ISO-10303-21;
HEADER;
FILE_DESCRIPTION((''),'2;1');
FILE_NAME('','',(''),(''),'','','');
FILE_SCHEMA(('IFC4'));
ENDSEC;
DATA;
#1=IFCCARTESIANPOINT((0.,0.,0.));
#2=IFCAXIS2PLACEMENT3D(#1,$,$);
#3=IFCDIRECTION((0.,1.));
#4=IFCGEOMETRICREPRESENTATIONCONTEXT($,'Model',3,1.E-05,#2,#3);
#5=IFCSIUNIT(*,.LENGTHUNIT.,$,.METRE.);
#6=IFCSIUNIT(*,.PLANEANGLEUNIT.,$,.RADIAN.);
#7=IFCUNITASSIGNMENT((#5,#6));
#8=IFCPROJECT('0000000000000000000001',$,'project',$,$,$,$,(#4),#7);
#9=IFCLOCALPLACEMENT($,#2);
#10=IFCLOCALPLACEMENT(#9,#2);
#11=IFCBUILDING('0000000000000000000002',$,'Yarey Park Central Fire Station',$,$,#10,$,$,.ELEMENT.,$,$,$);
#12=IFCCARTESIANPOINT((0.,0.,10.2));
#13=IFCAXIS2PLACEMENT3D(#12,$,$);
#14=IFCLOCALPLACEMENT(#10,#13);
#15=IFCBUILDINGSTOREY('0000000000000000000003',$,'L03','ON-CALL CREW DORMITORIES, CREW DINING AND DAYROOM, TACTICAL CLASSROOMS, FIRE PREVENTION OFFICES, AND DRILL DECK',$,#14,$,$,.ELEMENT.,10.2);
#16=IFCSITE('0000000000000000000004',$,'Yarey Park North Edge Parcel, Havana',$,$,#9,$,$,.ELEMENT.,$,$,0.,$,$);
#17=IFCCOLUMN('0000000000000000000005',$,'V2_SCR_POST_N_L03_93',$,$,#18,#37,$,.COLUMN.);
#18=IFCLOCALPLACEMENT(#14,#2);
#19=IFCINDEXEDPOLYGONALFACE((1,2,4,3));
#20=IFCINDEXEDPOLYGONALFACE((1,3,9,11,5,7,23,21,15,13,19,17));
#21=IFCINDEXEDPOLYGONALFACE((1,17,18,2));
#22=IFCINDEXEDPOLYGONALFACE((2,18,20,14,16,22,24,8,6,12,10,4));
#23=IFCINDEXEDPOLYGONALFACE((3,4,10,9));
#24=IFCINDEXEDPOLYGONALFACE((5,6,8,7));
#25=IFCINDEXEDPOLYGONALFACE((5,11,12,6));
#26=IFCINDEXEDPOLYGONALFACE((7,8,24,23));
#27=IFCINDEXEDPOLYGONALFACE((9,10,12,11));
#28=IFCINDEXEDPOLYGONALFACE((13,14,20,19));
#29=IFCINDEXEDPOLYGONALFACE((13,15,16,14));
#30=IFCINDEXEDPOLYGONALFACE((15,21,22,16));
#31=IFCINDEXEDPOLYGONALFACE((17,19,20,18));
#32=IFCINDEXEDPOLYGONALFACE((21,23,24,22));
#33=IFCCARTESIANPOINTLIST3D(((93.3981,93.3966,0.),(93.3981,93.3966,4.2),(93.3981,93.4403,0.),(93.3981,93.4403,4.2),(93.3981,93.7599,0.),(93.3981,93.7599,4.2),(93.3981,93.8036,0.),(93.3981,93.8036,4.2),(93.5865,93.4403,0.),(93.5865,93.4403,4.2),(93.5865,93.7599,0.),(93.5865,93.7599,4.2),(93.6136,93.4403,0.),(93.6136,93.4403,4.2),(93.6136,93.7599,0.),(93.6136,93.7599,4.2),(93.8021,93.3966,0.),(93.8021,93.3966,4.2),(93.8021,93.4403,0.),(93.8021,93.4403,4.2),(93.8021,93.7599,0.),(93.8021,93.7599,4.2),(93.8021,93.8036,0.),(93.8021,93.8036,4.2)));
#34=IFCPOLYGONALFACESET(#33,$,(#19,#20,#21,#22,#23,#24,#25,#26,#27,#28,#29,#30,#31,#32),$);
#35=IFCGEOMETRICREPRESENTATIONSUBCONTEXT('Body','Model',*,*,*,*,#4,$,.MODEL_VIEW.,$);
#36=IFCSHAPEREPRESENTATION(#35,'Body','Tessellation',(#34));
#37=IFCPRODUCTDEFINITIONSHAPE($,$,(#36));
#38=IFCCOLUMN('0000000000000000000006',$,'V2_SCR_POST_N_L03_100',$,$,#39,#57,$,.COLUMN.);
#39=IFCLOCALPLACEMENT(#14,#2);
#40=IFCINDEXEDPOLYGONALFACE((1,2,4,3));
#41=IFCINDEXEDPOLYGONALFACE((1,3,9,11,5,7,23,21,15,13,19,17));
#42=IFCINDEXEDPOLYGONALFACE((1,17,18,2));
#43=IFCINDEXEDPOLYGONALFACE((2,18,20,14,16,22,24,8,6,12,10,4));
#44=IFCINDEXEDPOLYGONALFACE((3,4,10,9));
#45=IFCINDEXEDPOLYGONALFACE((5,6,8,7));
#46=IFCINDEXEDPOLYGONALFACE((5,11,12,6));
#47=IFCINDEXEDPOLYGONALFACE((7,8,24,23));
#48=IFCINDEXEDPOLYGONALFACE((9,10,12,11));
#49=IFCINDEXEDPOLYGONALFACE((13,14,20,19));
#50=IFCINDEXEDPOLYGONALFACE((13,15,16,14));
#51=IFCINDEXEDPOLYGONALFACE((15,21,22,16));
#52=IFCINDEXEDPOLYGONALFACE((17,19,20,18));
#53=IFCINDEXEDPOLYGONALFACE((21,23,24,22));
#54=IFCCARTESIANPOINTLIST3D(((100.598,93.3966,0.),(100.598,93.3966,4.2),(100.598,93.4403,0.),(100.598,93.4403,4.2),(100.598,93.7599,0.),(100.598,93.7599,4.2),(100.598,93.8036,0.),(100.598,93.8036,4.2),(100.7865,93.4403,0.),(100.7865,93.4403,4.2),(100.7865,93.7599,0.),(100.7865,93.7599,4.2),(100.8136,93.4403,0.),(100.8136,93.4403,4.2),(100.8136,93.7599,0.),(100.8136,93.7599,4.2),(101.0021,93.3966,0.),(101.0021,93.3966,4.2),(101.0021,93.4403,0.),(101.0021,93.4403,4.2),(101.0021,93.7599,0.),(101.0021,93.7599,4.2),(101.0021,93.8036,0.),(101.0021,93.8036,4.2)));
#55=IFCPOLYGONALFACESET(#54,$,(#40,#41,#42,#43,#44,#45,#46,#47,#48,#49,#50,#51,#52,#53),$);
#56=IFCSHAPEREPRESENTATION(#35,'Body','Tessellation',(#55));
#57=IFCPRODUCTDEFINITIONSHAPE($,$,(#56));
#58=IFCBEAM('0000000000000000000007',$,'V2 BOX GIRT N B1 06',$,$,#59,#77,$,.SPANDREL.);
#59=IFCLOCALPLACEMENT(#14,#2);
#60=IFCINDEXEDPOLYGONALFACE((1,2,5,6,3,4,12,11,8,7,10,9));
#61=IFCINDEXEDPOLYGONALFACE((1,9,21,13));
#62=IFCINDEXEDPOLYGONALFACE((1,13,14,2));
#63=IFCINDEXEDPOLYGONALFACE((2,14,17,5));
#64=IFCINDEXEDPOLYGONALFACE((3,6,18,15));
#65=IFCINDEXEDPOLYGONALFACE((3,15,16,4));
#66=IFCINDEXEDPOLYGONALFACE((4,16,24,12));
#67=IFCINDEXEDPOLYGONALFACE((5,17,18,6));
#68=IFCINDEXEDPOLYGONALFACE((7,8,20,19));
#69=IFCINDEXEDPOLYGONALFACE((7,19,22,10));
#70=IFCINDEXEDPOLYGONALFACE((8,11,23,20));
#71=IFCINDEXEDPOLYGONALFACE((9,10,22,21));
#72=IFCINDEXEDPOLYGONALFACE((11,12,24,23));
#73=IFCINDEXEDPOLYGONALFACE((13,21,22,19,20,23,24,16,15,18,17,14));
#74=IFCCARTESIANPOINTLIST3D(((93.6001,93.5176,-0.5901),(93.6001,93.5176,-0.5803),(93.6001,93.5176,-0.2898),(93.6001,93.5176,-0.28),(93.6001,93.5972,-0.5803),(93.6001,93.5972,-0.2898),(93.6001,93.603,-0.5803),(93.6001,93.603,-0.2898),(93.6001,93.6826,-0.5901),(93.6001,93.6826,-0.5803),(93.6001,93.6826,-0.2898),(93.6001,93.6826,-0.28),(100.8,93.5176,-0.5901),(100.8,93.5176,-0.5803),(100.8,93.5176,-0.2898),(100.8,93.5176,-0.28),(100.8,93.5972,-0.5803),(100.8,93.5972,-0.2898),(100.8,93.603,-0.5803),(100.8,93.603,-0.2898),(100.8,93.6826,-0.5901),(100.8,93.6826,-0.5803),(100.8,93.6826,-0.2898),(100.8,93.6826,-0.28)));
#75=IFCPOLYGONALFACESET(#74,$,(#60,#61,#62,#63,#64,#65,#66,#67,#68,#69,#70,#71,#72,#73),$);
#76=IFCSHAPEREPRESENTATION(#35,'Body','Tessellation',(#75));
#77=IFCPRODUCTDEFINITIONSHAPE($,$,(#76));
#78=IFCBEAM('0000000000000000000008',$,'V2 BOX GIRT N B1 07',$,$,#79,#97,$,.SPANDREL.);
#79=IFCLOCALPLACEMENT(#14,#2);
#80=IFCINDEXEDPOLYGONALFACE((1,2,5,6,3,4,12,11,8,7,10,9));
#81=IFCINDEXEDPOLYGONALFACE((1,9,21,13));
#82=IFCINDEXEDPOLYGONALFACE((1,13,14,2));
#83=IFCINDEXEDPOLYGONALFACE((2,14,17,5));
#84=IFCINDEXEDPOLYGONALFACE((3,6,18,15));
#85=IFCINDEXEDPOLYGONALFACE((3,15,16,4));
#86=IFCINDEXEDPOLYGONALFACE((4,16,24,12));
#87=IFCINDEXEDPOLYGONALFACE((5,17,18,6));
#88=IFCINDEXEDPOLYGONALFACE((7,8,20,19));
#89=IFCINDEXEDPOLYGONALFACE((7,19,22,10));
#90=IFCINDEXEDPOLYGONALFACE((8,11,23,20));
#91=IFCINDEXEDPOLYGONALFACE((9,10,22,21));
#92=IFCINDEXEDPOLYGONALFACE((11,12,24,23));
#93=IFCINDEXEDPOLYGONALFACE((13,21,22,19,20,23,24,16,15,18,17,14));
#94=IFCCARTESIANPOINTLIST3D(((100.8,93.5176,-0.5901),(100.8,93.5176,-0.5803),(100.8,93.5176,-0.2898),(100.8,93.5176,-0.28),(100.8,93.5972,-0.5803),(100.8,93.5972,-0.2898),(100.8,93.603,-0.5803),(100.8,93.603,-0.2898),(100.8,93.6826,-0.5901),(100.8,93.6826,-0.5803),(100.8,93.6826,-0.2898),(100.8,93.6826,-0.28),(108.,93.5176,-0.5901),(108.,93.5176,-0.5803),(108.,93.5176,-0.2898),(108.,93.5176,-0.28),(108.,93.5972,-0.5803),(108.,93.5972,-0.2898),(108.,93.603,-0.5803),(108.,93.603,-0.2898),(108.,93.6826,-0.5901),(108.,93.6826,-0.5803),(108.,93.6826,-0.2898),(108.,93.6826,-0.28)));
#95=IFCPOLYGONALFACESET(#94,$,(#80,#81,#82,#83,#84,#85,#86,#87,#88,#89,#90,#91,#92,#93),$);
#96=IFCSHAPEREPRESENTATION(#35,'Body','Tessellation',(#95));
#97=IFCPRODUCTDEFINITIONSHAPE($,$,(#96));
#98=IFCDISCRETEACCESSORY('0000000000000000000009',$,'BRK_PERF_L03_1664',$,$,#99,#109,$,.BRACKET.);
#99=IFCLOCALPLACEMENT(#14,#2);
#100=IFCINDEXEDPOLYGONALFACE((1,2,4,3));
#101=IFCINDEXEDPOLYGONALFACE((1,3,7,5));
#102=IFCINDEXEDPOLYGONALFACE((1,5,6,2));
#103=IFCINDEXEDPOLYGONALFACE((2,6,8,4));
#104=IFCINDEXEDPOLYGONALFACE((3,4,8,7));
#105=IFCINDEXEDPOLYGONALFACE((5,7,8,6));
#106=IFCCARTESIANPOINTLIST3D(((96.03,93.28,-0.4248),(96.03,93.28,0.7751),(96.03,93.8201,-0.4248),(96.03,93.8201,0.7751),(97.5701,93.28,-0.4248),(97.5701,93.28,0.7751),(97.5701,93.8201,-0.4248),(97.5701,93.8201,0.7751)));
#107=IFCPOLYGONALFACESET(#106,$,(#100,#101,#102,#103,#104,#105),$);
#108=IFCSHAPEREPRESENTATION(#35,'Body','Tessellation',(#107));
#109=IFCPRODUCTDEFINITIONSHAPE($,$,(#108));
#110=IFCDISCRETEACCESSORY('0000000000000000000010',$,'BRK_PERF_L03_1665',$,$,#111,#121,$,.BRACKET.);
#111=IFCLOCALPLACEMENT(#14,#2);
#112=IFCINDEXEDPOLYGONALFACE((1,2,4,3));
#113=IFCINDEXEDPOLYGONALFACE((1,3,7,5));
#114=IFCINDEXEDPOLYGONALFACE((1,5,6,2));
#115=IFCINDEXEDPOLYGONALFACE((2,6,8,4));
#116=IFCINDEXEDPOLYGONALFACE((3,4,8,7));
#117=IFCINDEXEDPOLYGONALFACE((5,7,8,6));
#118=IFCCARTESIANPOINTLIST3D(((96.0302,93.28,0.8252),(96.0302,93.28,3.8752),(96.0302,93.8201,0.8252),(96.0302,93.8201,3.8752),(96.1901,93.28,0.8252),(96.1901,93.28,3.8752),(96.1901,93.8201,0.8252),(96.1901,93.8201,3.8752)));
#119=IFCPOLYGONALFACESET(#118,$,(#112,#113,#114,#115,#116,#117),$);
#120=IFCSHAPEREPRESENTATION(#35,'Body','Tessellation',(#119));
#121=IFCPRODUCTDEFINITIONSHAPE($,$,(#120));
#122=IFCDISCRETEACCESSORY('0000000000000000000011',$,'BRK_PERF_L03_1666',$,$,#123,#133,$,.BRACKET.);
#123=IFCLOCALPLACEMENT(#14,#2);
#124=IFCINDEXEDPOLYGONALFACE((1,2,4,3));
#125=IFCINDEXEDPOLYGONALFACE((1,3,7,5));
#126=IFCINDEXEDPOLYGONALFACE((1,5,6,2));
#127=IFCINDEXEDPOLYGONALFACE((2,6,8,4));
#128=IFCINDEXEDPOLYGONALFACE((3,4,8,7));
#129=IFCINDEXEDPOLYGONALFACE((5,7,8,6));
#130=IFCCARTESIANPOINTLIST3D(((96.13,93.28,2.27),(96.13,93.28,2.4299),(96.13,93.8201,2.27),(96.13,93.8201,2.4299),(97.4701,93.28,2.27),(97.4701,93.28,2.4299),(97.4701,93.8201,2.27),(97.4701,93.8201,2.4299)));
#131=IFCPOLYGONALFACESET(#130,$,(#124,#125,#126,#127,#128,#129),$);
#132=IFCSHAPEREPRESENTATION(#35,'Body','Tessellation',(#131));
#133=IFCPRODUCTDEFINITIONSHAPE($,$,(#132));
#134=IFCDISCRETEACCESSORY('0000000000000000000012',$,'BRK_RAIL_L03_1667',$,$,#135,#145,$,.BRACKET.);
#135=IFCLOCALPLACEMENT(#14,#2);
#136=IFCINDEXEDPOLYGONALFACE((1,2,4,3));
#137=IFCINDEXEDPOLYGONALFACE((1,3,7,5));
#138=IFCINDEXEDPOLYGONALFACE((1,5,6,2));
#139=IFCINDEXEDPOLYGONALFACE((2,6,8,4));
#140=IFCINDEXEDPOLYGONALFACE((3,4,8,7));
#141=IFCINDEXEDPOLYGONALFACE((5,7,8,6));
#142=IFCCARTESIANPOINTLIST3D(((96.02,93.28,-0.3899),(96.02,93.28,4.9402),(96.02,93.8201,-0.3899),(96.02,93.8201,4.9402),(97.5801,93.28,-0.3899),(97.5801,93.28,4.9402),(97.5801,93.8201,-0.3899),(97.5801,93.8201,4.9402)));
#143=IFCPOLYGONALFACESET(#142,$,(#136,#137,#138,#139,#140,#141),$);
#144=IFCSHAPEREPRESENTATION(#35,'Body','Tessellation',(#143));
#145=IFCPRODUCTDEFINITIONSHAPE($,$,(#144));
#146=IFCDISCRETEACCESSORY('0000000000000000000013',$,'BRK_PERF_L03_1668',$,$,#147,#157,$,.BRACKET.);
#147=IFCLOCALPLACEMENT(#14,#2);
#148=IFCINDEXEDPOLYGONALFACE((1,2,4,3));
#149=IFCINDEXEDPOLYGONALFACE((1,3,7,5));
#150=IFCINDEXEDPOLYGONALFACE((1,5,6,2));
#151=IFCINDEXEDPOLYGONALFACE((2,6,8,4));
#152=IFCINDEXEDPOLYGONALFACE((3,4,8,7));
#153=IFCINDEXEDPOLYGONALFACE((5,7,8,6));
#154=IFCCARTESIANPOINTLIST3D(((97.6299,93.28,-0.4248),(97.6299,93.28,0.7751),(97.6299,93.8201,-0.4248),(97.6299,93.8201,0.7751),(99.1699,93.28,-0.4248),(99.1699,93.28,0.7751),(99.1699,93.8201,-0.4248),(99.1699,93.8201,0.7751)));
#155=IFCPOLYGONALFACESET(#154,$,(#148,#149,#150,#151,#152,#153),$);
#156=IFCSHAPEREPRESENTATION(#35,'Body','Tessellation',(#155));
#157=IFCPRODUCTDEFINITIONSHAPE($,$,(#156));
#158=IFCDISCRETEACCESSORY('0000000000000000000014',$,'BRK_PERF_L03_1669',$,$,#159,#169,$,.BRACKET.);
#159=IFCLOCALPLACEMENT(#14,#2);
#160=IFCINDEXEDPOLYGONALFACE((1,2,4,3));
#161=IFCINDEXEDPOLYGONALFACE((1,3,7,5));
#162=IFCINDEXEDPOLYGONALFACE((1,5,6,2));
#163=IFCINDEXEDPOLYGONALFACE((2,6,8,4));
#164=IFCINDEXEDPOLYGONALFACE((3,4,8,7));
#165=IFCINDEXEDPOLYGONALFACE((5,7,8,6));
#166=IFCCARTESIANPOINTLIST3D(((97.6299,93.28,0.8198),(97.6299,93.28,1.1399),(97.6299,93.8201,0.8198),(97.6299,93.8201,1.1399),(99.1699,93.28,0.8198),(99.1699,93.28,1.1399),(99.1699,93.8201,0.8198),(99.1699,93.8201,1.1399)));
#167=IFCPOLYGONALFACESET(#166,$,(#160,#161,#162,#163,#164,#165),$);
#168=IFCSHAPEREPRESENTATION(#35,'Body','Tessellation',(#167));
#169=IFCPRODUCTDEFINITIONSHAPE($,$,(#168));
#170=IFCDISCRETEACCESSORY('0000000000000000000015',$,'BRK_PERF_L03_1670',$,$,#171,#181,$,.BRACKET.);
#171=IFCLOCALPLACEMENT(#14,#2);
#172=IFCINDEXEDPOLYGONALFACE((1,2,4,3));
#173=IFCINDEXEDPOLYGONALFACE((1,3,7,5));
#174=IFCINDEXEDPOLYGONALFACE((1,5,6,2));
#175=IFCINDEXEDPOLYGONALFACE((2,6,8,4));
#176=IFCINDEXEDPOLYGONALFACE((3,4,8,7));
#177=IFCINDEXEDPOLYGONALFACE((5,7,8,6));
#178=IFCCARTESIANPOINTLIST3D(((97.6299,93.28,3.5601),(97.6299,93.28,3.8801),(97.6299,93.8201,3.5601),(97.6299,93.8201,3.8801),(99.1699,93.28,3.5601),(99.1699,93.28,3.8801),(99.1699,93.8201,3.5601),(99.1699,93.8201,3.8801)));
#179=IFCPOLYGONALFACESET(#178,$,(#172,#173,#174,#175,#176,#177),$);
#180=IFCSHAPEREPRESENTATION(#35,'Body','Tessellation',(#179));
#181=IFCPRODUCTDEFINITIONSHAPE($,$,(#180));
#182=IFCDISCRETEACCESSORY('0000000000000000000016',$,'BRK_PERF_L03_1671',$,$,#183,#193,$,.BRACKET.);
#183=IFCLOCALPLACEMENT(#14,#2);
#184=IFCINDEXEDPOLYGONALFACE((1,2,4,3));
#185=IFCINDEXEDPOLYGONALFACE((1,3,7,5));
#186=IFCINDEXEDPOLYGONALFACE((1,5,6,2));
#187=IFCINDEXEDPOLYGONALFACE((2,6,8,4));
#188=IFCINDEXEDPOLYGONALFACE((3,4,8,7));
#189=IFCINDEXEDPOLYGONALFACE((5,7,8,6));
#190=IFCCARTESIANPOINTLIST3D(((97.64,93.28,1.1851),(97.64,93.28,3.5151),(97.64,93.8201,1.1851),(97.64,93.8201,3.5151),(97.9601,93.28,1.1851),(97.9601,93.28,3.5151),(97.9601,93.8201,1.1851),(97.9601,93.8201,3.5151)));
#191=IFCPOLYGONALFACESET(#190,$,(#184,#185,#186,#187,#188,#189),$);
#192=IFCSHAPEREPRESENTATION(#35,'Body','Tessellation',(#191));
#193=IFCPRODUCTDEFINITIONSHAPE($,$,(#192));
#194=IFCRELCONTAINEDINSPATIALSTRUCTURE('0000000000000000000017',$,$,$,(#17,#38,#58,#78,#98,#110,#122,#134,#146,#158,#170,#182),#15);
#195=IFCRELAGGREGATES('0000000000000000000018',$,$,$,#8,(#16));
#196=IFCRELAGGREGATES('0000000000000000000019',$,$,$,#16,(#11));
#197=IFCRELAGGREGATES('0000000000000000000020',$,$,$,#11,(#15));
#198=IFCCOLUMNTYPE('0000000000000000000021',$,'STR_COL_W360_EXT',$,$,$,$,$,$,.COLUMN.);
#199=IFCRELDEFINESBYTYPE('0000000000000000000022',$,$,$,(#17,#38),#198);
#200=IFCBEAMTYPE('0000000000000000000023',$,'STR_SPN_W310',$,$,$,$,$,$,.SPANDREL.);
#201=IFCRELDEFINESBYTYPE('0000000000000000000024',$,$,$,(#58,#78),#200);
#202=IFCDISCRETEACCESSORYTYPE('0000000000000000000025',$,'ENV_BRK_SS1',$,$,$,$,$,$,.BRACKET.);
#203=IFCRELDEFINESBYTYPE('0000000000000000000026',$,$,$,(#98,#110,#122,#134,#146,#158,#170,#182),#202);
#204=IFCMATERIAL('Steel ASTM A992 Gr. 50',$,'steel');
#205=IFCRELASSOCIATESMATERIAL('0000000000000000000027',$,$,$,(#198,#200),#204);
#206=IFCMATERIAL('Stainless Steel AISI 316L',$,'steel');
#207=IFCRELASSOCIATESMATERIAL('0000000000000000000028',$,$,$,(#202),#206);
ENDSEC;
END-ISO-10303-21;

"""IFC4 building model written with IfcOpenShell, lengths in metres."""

from ifc_helpers import new_model, si_unit, direction, frame, origin, origin_2d, place, context, subcontext, project, spatial, rectangle, i_section, extrude, material, material_profile, profile_set, type_object, element, save


model = new_model("IFC4")

# Units and contexts
model_context = context("Model", 3, precision=1e-05, world=origin(), true_north=direction((0.0, 1.0)))
body_context = subcontext(model_context, "Body", "Model", "MODEL_VIEW")
ifc_project = project(units=[si_unit("LENGTHUNIT", "METRE"), si_unit("PLANEANGLEUNIT", "RADIAN")], contexts=[model_context])

# Site, building, storey
site_placement = place(None, origin())
site = spatial("IfcSite", under=ifc_project, at=site_placement, Name="Yarey Park North Edge Parcel, Havana", CompositionType="ELEMENT", RefElevation=0.0)
building_placement = place(site_placement, origin())
building = spatial("IfcBuilding", under=site, at=building_placement, Name="Yarey Park Central Fire Station", CompositionType="ELEMENT")
storey_placement = place(building_placement, frame((0.0, 0.0, 10.2)))
storey = spatial("IfcBuildingStorey", under=building, at=storey_placement, Name="L03", Description="ON-CALL CREW DORMITORIES, CREW DINING AND DAYROOM, TACTICAL CLASSROOMS, FIRE PREVENTION OFFICES, AND DRILL DECK", CompositionType="ELEMENT", Elevation=10.2)

# Columns
ifc_material_1 = material(Name="Steel ASTM A992 Gr. 50", Category="steel")
ifc_material_profile_1 = material_profile(ifc_material_1, i_section(OverallWidth=0.4041, OverallDepth=0.407, WebThickness=0.0271, FlangeThickness=0.0437, at=origin_2d()), Name="W360x347")
ifc_profile_set_1 = profile_set([ifc_material_profile_1], Name="Steel ASTM A992 Gr. 50")
column_type = type_object("IfcColumnType", Name="STR_COL_W360_EXT", PredefinedType="COLUMN", material=ifc_profile_set_1)
for number, where, z_axis, x_axis, name in (
    (1, (93.6001, 93.6001, 0.0), (0.0, 0.0, 1.0), (1.0, 0.0, 0.0), "V2_SCR_POST_N_L03_93"),
    (2, (100.8, 93.6001, 0.0), (0.0, 0.0, 1.0), (1.0, 0.0, 0.0), "V2_SCR_POST_N_L03_100"),
):
    element("IfcColumn", number, at=place(storey_placement, frame(where, z_axis=z_axis, x_axis=x_axis)), inside=storey, type_object=column_type, Name=name, PredefinedType="COLUMN", context=body_context, shape_type="SweptSolid", body=[
        extrude(i_section(OverallWidth=0.4041, OverallDepth=0.407, WebThickness=0.0271, FlangeThickness=0.0437, at=origin_2d()), origin(), (0.0, 0.0, 1.0), 4.2),
    ])

# Beams
ifc_material_profile_2 = material_profile(ifc_material_1, i_section(OverallWidth=0.165, OverallDepth=0.3101, WebThickness=0.0059, FlangeThickness=0.0098, at=origin_2d()), Name="W310x39")
ifc_profile_set_2 = profile_set([ifc_material_profile_2], Name="Steel ASTM A992 Gr. 50")
beam_type = type_object("IfcBeamType", Name="STR_SPN_W310", PredefinedType="SPANDREL", material=ifc_profile_set_2)
for number, where, z_axis, x_axis, name in (
    (3, (93.6001, 93.6001, -0.4351), (1.0, 0.0, 0.0), (0.0, 1.0, 0.0), "V2 BOX GIRT N B1 06"),
    (4, (100.8, 93.6001, -0.4351), (1.0, 0.0, 0.0), (0.0, 1.0, 0.0), "V2 BOX GIRT N B1 07"),
):
    element("IfcBeam", number, at=place(storey_placement, frame(where, z_axis=z_axis, x_axis=x_axis)), inside=storey, type_object=beam_type, Name=name, PredefinedType="SPANDREL", context=body_context, shape_type="SweptSolid", body=[
        extrude(i_section(OverallWidth=0.165, OverallDepth=0.3101, WebThickness=0.0059, FlangeThickness=0.0098, at=origin_2d()), origin(), (0.0, 0.0, 1.0), 7.2),
    ])

# Discrete accessories
ifc_material_2 = material(Name="Stainless Steel AISI 316L", Category="steel")
discrete_accessory_type = type_object("IfcDiscreteAccessoryType", Name="ENV_BRK_SS1", PredefinedType="BRACKET", material=ifc_material_2)
discrete_accessory_1_placement = place(storey_placement, frame((96.8, 93.55, -0.4248), z_axis=(0.0, 0.0, 1.0), x_axis=(1.0, 0.0, 0.0)))
element("IfcDiscreteAccessory", 5, at=discrete_accessory_1_placement, inside=storey, type_object=discrete_accessory_type, Name="BRK_PERF_L03_1664", PredefinedType="BRACKET", context=body_context, shape_type="SweptSolid", body=[
    extrude(rectangle(XDim=1.54, YDim=0.54, at=origin_2d()), origin(), (0.0, 0.0, 1.0), 1.2),
])
discrete_accessory_2_placement = place(storey_placement, frame((96.1101, 93.55, 0.8252), z_axis=(0.0, 0.0, 1.0), x_axis=(1.0, 0.0, 0.0)))
element("IfcDiscreteAccessory", 6, at=discrete_accessory_2_placement, inside=storey, type_object=discrete_accessory_type, Name="BRK_PERF_L03_1665", PredefinedType="BRACKET", context=body_context, shape_type="SweptSolid", body=[
    extrude(rectangle(XDim=0.1599, YDim=0.54, at=origin_2d()), origin(), (0.0, 0.0, 1.0), 3.05),
])
discrete_accessory_3_placement = place(storey_placement, frame((96.8, 93.55, 2.27), z_axis=(0.0, 0.0, 1.0), x_axis=(1.0, 0.0, 0.0)))
element("IfcDiscreteAccessory", 7, at=discrete_accessory_3_placement, inside=storey, type_object=discrete_accessory_type, Name="BRK_PERF_L03_1666", PredefinedType="BRACKET", context=body_context, shape_type="SweptSolid", body=[
    extrude(rectangle(XDim=1.3401, YDim=0.54, at=origin_2d()), origin(), (0.0, 0.0, 1.0), 0.1599),
])
discrete_accessory_4_placement = place(storey_placement, frame((96.8, 93.55, -0.3899), z_axis=(0.0, 0.0, 1.0), x_axis=(1.0, 0.0, 0.0)))
element("IfcDiscreteAccessory", 8, at=discrete_accessory_4_placement, inside=storey, type_object=discrete_accessory_type, Name="BRK_RAIL_L03_1667", PredefinedType="BRACKET", context=body_context, shape_type="SweptSolid", body=[
    extrude(rectangle(XDim=1.5601, YDim=0.54, at=origin_2d()), origin(), (0.0, 0.0, 1.0), 5.3301),
])
discrete_accessory_5_placement = place(storey_placement, frame((98.3999, 93.55, -0.4248), z_axis=(0.0, 0.0, 1.0), x_axis=(1.0, 0.0, 0.0)))
element("IfcDiscreteAccessory", 9, at=discrete_accessory_5_placement, inside=storey, type_object=discrete_accessory_type, Name="BRK_PERF_L03_1668", PredefinedType="BRACKET", context=body_context, shape_type="SweptSolid", body=[
    extrude(rectangle(XDim=1.54, YDim=0.54, at=origin_2d()), origin(), (0.0, 0.0, 1.0), 1.2),
])
for number, where, z_axis, x_axis, name in (
    (10, (98.3999, 93.55, 0.8198), (0.0, 0.0, 1.0), (1.0, 0.0, 0.0), "BRK_PERF_L03_1669"),
    (11, (98.3999, 93.55, 3.5601), (0.0, 0.0, 1.0), (1.0, 0.0, 0.0), "BRK_PERF_L03_1670"),
):
    element("IfcDiscreteAccessory", number, at=place(storey_placement, frame(where, z_axis=z_axis, x_axis=x_axis)), inside=storey, type_object=discrete_accessory_type, Name=name, PredefinedType="BRACKET", context=body_context, shape_type="SweptSolid", body=[
        extrude(rectangle(XDim=1.54, YDim=0.54, at=origin_2d()), origin(), (0.0, 0.0, 1.0), 0.3201),
    ])
for number, where, z_axis, x_axis, name in (
    (12, (97.8, 93.55, 1.1851), (0.0, 0.0, 1.0), (1.0, 0.0, 0.0), "BRK_PERF_L03_1671"),
):
    element("IfcDiscreteAccessory", number, at=place(storey_placement, frame(where, z_axis=z_axis, x_axis=x_axis)), inside=storey, type_object=discrete_accessory_type, Name=name, PredefinedType="BRACKET", context=body_context, shape_type="SweptSolid", body=[
        extrude(rectangle(XDim=0.3201, YDim=0.54, at=origin_2d()), origin(), (0.0, 0.0, 1.0), 2.3301),
    ])

save(model, "model.ifc")
